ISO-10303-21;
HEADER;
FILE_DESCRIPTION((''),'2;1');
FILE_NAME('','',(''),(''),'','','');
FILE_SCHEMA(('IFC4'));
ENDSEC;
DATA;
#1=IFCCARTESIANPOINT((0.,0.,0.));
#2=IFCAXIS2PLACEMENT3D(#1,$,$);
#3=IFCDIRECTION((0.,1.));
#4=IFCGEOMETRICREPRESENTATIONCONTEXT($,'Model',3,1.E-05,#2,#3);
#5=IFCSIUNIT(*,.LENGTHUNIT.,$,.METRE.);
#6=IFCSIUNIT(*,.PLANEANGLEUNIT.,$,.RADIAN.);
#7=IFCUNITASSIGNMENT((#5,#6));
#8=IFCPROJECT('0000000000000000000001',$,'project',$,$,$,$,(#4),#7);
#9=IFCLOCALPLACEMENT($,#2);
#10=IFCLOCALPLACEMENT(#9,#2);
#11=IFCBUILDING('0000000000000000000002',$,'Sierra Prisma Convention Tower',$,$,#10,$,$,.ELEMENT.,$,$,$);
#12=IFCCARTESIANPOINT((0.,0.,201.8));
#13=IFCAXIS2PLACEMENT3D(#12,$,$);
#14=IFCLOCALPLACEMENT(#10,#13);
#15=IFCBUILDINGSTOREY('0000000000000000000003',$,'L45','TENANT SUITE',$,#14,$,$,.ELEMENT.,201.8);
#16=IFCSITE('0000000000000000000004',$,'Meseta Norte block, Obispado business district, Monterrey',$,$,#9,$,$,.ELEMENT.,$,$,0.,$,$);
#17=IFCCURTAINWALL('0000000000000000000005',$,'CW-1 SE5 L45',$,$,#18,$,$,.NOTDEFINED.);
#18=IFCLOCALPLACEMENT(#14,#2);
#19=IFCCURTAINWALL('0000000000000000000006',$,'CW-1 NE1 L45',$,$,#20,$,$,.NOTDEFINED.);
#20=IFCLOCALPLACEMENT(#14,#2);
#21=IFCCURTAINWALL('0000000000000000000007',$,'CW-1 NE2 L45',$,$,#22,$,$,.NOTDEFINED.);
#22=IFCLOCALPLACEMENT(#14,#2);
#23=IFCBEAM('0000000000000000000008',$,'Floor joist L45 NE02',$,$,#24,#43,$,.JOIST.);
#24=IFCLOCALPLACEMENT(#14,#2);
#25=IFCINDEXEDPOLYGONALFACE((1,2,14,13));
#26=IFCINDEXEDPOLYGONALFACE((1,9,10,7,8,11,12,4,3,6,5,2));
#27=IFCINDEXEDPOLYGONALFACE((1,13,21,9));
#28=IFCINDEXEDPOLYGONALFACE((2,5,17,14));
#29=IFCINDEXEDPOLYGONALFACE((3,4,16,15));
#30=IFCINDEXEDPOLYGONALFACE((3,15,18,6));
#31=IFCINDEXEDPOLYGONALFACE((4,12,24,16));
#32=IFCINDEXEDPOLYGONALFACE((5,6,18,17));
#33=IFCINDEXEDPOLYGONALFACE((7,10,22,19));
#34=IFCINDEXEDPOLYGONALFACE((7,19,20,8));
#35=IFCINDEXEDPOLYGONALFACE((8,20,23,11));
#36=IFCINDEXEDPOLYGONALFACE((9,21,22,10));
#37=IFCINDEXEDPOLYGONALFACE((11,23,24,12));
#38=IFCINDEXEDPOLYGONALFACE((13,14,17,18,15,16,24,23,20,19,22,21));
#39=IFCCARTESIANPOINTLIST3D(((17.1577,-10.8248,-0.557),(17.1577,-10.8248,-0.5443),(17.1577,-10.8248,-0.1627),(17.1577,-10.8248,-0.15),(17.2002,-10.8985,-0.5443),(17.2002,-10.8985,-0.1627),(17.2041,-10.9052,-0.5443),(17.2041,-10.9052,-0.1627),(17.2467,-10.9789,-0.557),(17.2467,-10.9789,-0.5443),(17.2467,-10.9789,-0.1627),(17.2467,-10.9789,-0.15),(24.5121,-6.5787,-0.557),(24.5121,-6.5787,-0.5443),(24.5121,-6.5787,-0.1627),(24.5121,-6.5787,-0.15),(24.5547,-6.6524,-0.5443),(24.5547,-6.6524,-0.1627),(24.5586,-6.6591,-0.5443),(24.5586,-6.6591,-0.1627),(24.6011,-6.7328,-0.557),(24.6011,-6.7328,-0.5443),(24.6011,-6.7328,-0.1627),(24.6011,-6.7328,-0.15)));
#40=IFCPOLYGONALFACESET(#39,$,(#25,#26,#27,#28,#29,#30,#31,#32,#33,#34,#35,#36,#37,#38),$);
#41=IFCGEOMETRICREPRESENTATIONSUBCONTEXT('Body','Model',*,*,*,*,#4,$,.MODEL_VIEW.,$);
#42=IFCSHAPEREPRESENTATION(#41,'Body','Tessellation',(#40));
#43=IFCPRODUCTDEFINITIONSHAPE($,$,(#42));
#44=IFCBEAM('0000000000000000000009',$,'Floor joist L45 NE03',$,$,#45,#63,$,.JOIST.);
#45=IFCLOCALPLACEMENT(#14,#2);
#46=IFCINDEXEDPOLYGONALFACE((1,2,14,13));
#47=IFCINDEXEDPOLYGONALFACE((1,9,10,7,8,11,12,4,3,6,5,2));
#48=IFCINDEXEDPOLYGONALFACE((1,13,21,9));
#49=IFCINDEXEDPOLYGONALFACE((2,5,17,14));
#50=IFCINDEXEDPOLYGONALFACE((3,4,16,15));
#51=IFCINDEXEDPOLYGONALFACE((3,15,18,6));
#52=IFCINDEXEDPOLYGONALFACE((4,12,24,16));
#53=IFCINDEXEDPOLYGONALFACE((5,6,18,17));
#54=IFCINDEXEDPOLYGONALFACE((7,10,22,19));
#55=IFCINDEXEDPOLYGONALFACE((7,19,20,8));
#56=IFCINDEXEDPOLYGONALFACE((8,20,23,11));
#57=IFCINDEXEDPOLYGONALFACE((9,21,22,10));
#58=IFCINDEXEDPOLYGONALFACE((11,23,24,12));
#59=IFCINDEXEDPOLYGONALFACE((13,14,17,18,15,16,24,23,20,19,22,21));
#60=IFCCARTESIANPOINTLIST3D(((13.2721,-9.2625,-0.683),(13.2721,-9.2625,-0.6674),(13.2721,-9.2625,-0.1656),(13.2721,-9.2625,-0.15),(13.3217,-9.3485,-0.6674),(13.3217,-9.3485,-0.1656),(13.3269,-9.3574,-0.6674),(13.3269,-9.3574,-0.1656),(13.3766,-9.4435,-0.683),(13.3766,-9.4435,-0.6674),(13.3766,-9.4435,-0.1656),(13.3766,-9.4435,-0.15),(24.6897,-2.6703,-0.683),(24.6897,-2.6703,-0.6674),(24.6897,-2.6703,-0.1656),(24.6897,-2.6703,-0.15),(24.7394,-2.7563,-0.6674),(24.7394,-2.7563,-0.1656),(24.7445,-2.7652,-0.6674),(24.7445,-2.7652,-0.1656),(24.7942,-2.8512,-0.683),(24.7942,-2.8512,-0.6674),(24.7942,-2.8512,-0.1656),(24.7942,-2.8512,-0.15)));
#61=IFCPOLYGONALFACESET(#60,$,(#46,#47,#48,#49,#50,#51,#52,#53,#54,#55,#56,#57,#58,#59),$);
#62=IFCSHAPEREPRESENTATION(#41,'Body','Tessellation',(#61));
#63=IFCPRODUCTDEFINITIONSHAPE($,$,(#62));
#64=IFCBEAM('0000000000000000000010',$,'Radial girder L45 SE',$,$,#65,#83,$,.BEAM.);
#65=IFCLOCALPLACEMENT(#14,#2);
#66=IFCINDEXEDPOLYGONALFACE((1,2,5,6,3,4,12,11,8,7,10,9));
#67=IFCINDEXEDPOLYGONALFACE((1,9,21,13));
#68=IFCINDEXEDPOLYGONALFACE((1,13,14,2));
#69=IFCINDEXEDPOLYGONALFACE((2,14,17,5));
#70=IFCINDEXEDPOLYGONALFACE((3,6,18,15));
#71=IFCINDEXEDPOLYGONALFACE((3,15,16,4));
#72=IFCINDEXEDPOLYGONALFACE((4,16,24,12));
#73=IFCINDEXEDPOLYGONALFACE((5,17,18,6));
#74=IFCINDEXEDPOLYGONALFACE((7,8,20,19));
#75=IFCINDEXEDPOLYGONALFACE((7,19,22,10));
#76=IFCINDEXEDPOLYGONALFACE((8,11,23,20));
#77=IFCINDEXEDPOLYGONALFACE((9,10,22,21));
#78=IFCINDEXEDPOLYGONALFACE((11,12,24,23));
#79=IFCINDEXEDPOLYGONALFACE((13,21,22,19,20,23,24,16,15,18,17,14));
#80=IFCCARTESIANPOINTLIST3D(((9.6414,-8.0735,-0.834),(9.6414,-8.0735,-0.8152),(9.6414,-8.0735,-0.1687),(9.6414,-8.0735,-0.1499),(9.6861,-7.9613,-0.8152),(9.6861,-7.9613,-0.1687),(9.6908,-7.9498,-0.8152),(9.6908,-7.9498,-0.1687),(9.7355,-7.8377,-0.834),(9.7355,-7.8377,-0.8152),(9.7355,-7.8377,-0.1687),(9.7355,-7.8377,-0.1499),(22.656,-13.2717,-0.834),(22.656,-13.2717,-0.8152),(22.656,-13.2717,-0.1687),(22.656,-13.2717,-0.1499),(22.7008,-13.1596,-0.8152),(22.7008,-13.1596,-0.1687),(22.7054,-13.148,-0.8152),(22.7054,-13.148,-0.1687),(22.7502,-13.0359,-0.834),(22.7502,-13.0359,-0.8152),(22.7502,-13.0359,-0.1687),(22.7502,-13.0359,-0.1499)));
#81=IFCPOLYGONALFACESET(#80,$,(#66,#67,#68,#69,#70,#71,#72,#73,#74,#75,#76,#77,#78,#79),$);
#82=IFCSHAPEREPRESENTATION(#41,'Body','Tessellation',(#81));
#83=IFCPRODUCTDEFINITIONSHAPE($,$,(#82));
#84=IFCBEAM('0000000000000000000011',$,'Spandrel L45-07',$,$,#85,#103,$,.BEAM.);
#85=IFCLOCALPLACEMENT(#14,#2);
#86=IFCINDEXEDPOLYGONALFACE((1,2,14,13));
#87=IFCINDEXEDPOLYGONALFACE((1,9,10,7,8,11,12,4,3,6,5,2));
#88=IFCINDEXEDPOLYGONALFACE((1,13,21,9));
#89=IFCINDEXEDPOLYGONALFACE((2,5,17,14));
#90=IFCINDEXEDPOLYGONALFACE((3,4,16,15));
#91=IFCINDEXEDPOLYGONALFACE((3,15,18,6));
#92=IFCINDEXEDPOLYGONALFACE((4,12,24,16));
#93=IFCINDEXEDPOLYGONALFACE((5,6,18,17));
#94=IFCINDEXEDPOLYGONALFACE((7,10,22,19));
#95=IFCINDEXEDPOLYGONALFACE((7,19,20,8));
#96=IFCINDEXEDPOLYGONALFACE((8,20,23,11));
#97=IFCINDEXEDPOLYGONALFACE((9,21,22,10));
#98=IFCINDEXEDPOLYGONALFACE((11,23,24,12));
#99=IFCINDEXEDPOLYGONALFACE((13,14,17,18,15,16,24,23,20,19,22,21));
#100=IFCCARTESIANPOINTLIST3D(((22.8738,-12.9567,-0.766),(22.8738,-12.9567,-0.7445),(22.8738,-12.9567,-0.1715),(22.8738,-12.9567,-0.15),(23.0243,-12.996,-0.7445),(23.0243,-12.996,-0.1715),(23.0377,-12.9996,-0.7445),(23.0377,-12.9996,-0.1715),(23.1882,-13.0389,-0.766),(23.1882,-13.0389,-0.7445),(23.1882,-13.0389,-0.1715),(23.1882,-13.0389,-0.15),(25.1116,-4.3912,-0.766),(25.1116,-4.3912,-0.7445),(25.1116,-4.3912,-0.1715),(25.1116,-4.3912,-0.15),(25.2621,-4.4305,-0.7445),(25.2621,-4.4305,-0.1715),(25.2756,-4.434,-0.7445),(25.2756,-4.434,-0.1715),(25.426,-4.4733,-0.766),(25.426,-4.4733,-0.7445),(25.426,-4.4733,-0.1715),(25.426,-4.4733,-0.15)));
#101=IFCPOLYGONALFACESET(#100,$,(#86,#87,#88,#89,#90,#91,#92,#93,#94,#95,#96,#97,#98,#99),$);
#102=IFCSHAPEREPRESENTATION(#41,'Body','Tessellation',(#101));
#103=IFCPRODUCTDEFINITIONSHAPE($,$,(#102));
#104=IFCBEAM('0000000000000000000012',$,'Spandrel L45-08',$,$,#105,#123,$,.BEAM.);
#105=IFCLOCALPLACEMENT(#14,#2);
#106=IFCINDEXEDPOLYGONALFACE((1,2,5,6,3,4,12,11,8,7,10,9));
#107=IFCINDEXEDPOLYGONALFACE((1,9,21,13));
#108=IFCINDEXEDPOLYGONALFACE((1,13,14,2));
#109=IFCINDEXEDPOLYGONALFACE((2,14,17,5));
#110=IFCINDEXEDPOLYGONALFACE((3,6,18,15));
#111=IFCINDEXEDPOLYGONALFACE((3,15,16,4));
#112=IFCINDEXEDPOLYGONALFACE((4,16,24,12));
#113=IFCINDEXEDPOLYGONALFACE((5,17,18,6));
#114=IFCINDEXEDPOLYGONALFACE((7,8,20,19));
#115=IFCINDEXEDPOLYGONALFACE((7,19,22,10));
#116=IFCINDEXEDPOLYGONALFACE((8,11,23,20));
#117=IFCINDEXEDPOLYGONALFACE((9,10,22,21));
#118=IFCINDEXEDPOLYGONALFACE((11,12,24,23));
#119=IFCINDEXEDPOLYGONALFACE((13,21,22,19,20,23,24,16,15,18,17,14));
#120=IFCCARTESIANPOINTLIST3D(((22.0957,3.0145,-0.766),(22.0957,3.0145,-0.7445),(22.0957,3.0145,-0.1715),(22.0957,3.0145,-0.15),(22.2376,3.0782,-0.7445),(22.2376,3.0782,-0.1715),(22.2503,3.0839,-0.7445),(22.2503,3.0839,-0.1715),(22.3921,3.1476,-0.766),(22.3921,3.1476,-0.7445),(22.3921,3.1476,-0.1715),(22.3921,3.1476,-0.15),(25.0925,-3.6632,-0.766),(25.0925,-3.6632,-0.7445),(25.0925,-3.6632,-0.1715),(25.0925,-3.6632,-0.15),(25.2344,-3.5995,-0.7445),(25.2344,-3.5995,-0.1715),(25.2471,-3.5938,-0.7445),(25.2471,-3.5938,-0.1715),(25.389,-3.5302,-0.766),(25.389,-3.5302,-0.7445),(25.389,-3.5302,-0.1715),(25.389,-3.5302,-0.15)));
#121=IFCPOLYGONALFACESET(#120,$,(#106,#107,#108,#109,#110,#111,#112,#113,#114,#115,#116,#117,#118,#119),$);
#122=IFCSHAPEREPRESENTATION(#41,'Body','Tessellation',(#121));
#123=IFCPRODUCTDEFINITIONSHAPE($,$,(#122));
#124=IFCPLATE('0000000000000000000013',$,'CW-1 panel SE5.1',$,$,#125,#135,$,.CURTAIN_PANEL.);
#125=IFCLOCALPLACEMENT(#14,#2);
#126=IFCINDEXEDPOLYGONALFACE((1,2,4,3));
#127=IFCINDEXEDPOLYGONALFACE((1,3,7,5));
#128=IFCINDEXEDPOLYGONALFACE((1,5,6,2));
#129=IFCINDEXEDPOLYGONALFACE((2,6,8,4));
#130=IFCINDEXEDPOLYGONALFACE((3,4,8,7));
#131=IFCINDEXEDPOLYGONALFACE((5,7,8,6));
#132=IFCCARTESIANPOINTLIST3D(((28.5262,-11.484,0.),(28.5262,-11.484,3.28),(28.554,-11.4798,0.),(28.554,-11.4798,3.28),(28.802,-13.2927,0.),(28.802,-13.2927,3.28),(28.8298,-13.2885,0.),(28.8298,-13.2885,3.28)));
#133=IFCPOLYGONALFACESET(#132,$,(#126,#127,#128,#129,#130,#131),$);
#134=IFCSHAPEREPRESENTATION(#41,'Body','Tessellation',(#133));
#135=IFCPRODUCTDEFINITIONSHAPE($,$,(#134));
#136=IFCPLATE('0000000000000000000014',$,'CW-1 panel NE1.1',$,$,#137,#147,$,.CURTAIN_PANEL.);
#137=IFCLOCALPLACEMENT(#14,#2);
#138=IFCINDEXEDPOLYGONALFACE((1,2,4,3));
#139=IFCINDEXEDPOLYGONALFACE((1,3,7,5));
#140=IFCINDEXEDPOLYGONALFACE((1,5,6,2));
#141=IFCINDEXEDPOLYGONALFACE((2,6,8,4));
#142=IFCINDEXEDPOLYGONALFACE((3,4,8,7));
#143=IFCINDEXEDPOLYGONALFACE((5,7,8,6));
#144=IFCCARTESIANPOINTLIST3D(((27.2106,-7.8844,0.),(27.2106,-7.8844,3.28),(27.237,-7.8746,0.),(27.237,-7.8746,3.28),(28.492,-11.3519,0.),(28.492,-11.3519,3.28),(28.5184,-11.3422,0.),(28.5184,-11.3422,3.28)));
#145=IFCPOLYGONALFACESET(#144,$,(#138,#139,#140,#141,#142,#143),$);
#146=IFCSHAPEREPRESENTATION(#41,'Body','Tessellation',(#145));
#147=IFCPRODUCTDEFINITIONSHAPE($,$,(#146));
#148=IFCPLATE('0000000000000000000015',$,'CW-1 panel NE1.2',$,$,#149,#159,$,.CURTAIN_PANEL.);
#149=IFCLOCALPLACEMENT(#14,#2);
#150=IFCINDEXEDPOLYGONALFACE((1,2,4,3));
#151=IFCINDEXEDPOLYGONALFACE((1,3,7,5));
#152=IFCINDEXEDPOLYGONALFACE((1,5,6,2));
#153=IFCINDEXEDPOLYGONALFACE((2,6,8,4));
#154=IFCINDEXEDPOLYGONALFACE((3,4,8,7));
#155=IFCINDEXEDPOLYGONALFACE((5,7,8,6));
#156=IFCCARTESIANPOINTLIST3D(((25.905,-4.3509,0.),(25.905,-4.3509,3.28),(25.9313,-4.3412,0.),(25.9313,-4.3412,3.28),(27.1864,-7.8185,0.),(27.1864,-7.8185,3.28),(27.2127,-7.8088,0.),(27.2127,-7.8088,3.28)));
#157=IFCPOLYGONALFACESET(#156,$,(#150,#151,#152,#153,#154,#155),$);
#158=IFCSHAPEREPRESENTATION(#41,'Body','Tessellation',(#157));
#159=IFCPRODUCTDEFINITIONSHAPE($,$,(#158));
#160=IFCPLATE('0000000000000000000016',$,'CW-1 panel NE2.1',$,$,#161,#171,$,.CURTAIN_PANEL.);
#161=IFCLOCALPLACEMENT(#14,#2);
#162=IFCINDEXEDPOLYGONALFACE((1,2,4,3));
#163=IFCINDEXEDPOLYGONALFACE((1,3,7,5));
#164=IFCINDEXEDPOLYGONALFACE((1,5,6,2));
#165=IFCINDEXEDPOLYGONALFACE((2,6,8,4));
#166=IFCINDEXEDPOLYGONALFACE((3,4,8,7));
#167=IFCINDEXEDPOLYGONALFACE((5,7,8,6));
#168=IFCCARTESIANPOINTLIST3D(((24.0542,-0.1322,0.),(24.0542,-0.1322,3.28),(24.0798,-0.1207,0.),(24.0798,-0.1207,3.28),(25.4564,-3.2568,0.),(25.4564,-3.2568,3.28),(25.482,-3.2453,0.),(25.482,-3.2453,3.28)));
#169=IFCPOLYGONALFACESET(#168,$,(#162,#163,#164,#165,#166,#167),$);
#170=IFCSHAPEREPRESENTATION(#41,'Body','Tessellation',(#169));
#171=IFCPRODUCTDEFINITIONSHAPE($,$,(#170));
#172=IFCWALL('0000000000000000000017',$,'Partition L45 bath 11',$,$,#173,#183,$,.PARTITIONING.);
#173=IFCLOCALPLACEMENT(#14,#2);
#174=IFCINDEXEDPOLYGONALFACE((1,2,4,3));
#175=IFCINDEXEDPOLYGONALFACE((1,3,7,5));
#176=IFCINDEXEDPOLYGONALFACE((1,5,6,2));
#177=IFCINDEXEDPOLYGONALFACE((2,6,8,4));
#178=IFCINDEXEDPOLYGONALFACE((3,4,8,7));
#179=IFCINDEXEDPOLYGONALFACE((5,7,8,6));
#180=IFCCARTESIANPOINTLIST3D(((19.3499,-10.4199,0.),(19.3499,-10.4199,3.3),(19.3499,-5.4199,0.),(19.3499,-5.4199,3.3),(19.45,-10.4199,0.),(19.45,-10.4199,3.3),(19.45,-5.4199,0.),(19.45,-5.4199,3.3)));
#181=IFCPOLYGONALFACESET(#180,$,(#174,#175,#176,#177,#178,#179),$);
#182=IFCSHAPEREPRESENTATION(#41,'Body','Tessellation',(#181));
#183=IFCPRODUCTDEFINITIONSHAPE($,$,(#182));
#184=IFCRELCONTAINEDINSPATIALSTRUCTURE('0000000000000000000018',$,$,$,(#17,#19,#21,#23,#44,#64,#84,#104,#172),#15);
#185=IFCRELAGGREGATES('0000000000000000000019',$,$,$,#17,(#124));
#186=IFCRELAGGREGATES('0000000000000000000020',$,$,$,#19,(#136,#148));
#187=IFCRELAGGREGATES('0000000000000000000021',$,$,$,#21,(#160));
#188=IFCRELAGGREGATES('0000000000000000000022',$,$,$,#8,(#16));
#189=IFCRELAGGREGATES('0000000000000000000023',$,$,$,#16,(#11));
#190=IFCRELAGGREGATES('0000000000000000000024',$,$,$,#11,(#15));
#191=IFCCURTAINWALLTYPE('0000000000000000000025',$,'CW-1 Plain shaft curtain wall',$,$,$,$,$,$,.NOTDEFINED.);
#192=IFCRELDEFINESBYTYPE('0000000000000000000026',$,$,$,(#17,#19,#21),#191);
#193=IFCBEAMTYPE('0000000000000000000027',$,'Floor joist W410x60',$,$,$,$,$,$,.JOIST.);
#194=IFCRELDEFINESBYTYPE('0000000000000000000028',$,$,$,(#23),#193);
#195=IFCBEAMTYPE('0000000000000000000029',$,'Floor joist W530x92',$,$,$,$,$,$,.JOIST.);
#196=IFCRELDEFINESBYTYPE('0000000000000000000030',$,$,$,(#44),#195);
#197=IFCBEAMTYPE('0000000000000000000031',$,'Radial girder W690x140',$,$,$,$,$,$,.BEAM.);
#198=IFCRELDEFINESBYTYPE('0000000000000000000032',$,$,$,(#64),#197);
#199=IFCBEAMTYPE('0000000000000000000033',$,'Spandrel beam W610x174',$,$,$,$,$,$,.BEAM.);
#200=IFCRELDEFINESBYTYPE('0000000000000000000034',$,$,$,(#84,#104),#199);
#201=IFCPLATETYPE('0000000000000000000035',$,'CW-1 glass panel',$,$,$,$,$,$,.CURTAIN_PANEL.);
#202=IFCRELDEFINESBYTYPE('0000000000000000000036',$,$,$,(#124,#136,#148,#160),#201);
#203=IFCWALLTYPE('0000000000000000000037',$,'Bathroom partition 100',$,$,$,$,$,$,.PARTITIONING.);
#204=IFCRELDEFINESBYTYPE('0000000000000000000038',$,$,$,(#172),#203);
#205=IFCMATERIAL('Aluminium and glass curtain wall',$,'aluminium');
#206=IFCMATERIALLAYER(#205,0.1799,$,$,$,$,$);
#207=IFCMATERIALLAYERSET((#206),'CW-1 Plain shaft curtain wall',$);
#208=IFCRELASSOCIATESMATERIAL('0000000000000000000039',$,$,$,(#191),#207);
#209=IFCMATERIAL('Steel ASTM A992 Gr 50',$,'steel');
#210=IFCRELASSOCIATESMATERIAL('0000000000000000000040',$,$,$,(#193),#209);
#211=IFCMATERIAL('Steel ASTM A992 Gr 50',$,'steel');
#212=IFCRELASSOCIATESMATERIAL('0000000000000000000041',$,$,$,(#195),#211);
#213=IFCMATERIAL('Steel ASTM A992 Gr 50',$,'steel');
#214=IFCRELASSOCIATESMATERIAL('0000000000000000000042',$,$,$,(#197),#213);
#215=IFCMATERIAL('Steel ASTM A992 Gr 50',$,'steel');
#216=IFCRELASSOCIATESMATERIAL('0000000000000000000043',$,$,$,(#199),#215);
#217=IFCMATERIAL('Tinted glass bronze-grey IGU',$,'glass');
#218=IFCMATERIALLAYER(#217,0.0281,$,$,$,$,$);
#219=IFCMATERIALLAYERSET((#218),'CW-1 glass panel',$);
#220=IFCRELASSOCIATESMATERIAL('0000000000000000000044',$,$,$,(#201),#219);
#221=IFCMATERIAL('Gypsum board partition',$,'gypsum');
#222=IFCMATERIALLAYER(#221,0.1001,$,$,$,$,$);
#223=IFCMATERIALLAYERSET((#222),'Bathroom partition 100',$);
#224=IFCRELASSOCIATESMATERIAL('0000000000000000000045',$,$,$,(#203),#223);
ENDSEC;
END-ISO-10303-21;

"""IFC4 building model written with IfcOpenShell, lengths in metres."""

from ifc_helpers import new_model, si_unit, direction, frame, frame_2d, origin, origin_2d, place, context, subcontext, project, spatial, rectangle, i_section, extrude, material, layer, layer_set, material_profile, profile_set, type_object, element, aggregate, save


model = new_model("IFC4")

# Units and contexts
model_context = context("Model", 3, precision=1e-05, world=origin(), true_north=direction((0.0, 1.0)))
body_context = subcontext(model_context, "Body", "Model", "MODEL_VIEW")
ifc_project = project(units=[si_unit("LENGTHUNIT", "METRE"), si_unit("PLANEANGLEUNIT", "RADIAN")], contexts=[model_context])

# Site, building, storey
site_placement = place(None, origin())
site = spatial("IfcSite", under=ifc_project, at=site_placement, Name="Meseta Norte block, Obispado business district, Monterrey", CompositionType="ELEMENT", RefElevation=0.0)
building_placement = place(site_placement, origin())
building = spatial("IfcBuilding", under=site, at=building_placement, Name="Sierra Prisma Convention Tower", CompositionType="ELEMENT")
storey_placement = place(building_placement, frame((0.0, 0.0, 201.8)))
storey = spatial("IfcBuildingStorey", under=building, at=storey_placement, Name="L45", Description="TENANT SUITE", CompositionType="ELEMENT", Elevation=201.8)

# Curtain wall
ifc_material_1 = material(Name="Aluminium and glass curtain wall", Category="aluminium")
ifc_layer_1 = layer(ifc_material_1, 0.1799)
ifc_layer_set_1 = layer_set([ifc_layer_1], Name="CW-1 Plain shaft curtain wall")
curtain_wall_type = type_object("IfcCurtainWallType", Name="CW-1 Plain shaft curtain wall", PredefinedType="NOTDEFINED", material=ifc_layer_set_1)
curtain_wall_1_placement = place(storey_placement, origin())
curtain_wall_1 = element("IfcCurtainWall", 1, at=curtain_wall_1_placement, inside=storey, type_object=curtain_wall_type, Name="CW-1 SE5 L45", PredefinedType="NOTDEFINED")

# Curtain walls
curtain_wall_2_placement = place(storey_placement, origin())
curtain_wall_2 = element("IfcCurtainWall", 2, at=curtain_wall_2_placement, inside=storey, type_object=curtain_wall_type, Name="CW-1 NE1 L45", PredefinedType="NOTDEFINED")
curtain_wall_3_placement = place(storey_placement, origin())
curtain_wall_3 = element("IfcCurtainWall", 3, at=curtain_wall_3_placement, inside=storey, type_object=curtain_wall_type, Name="CW-1 NE2 L45", PredefinedType="NOTDEFINED")

# Beams
ifc_material_2 = material(Name="Steel ASTM A992 Gr 50", Category="steel")
ifc_material_profile_1 = material_profile(ifc_material_2, i_section(OverallWidth=0.178, OverallDepth=0.407, WebThickness=0.0078, FlangeThickness=0.0127, at=origin_2d()), Name="W410x60")
ifc_profile_set_1 = profile_set([ifc_material_profile_1], Name="Steel ASTM A992 Gr 50")
beam_type_1 = type_object("IfcBeamType", Name="Floor joist W410x60", PredefinedType="JOIST", material=ifc_profile_set_1)
beam_1_placement = place(storey_placement, frame((24.5566, -6.6558, -0.3535), z_axis=(-0.866027, -0.499998, 0.0), x_axis=(0.499998, -0.866027, 0.0)))
element("IfcBeam", 4, at=beam_1_placement, inside=storey, type_object=beam_type_1, Name="Floor joist L45 NE02", PredefinedType="JOIST", context=body_context, shape_type="SweptSolid", body=[
    extrude(i_section(OverallWidth=0.178, OverallDepth=0.407, WebThickness=0.0078, FlangeThickness=0.0127, at=origin_2d()), origin(), (0.0, 0.0, 1.0), 8.4922),
])
ifc_material_3 = material(Name="Steel ASTM A992 Gr 50", Category="steel")
ifc_material_profile_2 = material_profile(ifc_material_3, i_section(OverallWidth=0.209, OverallDepth=0.533, WebThickness=0.0103, FlangeThickness=0.0156, at=origin_2d()), Name="W530x92")
ifc_profile_set_2 = profile_set([ifc_material_profile_2], Name="Steel ASTM A992 Gr 50")
beam_type_2 = type_object("IfcBeamType", Name="Floor joist W530x92", PredefinedType="JOIST", material=ifc_profile_set_2)
beam_2_placement = place(storey_placement, frame((24.7419, -2.7607, -0.4165), z_axis=(-0.866017, -0.500015, 0.0), x_axis=(0.500015, -0.866017, 0.0)))
element("IfcBeam", 5, at=beam_2_placement, inside=storey, type_object=beam_type_2, Name="Floor joist L45 NE03", PredefinedType="JOIST", context=body_context, shape_type="SweptSolid", body=[
    extrude(i_section(OverallWidth=0.209, OverallDepth=0.533, WebThickness=0.0103, FlangeThickness=0.0156, at=origin_2d()), origin(), (0.0, 0.0, 1.0), 13.1841),
])
ifc_material_4 = material(Name="Steel ASTM A992 Gr 50", Category="steel")
ifc_material_profile_3 = material_profile(ifc_material_4, i_section(OverallWidth=0.2539, OverallDepth=0.6841, WebThickness=0.0125, FlangeThickness=0.0188, at=origin_2d()), Name="W690x140")
ifc_profile_set_3 = profile_set([ifc_material_profile_3], Name="Steel ASTM A992 Gr 50")
beam_type_3 = type_object("IfcBeamType", Name="Radial girder W690x140", PredefinedType="BEAM", material=ifc_profile_set_3)
beam_3_placement = place(storey_placement, frame((22.7031, -13.1538, -0.4919), z_axis=(-0.928664, 0.370922, 0.0), x_axis=(-0.370922, -0.928664, 0.0)))
element("IfcBeam", 6, at=beam_3_placement, inside=storey, type_object=beam_type_3, Name="Radial girder L45 SE", PredefinedType="BEAM", context=body_context, shape_type="SweptSolid", body=[
    extrude(i_section(OverallWidth=0.2539, OverallDepth=0.6841, WebThickness=0.0125, FlangeThickness=0.0188, at=origin_2d()), origin(), (0.0, 0.0, 1.0), 14.0144),
])
ifc_material_5 = material(Name="Steel ASTM A992 Gr 50", Category="steel")
ifc_material_profile_4 = material_profile(ifc_material_5, i_section(OverallWidth=0.325, OverallDepth=0.616, WebThickness=0.0139, FlangeThickness=0.0215, at=origin_2d()), Name="W610x174")
ifc_profile_set_4 = profile_set([ifc_material_profile_4], Name="Steel ASTM A992 Gr 50")
beam_type_4 = type_object("IfcBeamType", Name="Spandrel beam W610x174", PredefinedType="BEAM", material=ifc_profile_set_4)
beam_4_placement = place(storey_placement, frame((23.031, -12.9978, -0.458), z_axis=(0.252774, 0.967525, 0.0), x_axis=(-0.967525, 0.252774, 0.0)))
element("IfcBeam", 7, at=beam_4_placement, inside=storey, type_object=beam_type_4, Name="Spandrel L45-07", PredefinedType="BEAM", context=body_context, shape_type="SweptSolid", body=[
    extrude(i_section(OverallWidth=0.325, OverallDepth=0.616, WebThickness=0.0139, FlangeThickness=0.0215, at=origin_2d()), origin(), (0.0, 0.0, 1.0), 8.853),
])
beam_5_placement = place(storey_placement, frame((25.2407, -3.5967, -0.458), z_axis=(-0.409438, 0.912338, 0.0), x_axis=(-0.912338, -0.409438, 0.0)))
element("IfcBeam", 8, at=beam_5_placement, inside=storey, type_object=beam_type_4, Name="Spandrel L45-08", PredefinedType="BEAM", context=body_context, shape_type="SweptSolid", body=[
    extrude(i_section(OverallWidth=0.325, OverallDepth=0.616, WebThickness=0.0139, FlangeThickness=0.0215, at=origin_2d()), origin(), (0.0, 0.0, 1.0), 7.3193),
])

# Plates
ifc_material_6 = material(Name="Tinted glass bronze-grey IGU", Category="glass")
ifc_layer_2 = layer(ifc_material_6, 0.0281)
ifc_layer_set_2 = layer_set([ifc_layer_2], Name="CW-1 glass panel")
plate_type = type_object("IfcPlateType", Name="CW-1 glass panel", PredefinedType="CURTAIN_PANEL", material=ifc_layer_set_2)
plate_1_placement = place(storey_placement, frame((28.678, -12.3862, 0.0), z_axis=(0.0, 0.0, 1.0), x_axis=(-0.150745, 0.988573, 0.0)))
plate_1 = element("IfcPlate", 9, at=plate_1_placement, type_object=plate_type, Name="CW-1 panel SE5.1", PredefinedType="CURTAIN_PANEL", context=body_context, shape_type="SweptSolid", body=[
    extrude(rectangle(XDim=1.8296, YDim=0.0281, at=origin_2d()), origin(), (0.0, 0.0, 1.0), 3.28),
])
aggregate(curtain_wall_1, [plate_1])
plate_2_placement = place(storey_placement, frame((27.8645, -9.6133, 0.0), z_axis=(0.0, 0.0, 1.0), x_axis=(-0.34663, 0.938002, 0.0)))
plate_2 = element("IfcPlate", 10, at=plate_2_placement, type_object=plate_type, Name="CW-1 panel NE1.1", PredefinedType="CURTAIN_PANEL", context=body_context, shape_type="SweptSolid", body=[
    extrude(rectangle(XDim=3.6968, YDim=0.0281, at=origin_2d()), origin(), (0.0, 0.0, 1.0), 3.28),
])
plate_3_placement = place(storey_placement, frame((26.5588, -6.0798, 0.0), z_axis=(0.0, 0.0, 1.0), x_axis=(-0.34663, 0.938002, 0.0)))
plate_3 = element("IfcPlate", 11, at=plate_3_placement, type_object=plate_type, Name="CW-1 panel NE1.2", PredefinedType="CURTAIN_PANEL", context=body_context, shape_type="SweptSolid", body=[
    extrude(rectangle(XDim=3.6968, YDim=0.0281, at=origin_2d()), origin(), (0.0, 0.0, 1.0), 3.28),
])
aggregate(curtain_wall_2, [plate_2, plate_3])
plate_4_placement = place(storey_placement, frame((24.7681, -1.6887, 0.0), z_axis=(0.0, 0.0, 1.0), x_axis=(-0.409426, 0.912343, 0.0)))
plate_4 = element("IfcPlate", 12, at=plate_4_placement, type_object=plate_type, Name="CW-1 panel NE2.1", PredefinedType="CURTAIN_PANEL", context=body_context, shape_type="SweptSolid", body=[
    extrude(rectangle(XDim=3.4248, YDim=0.0281, at=origin_2d()), origin(), (0.0, 0.0, 1.0), 3.28),
])
aggregate(curtain_wall_3, [plate_4])

# Wall
ifc_material_7 = material(Name="Gypsum board partition", Category="gypsum")
ifc_layer_3 = layer(ifc_material_7, 0.1001)
ifc_layer_set_3 = layer_set([ifc_layer_3], Name="Bathroom partition 100")
wall_type = type_object("IfcWallType", Name="Bathroom partition 100", PredefinedType="PARTITIONING", material=ifc_layer_set_3)
wall_1_placement = place(storey_placement, frame((19.3999, -5.4199, 0.0), z_axis=(0.0, 0.0, 1.0), x_axis=(0.0, -1.0, 0.0)))
element("IfcWall", 13, at=wall_1_placement, inside=storey, type_object=wall_type, Name="Partition L45 bath 11", PredefinedType="PARTITIONING", context=body_context, shape_type="SweptSolid", body=[
    extrude(rectangle(XDim=5.0, YDim=0.1001, at=frame_2d((2.5, 0.0))), origin(), (0.0, 0.0, 1.0), 3.3),
])

save(model, "model.ifc")
